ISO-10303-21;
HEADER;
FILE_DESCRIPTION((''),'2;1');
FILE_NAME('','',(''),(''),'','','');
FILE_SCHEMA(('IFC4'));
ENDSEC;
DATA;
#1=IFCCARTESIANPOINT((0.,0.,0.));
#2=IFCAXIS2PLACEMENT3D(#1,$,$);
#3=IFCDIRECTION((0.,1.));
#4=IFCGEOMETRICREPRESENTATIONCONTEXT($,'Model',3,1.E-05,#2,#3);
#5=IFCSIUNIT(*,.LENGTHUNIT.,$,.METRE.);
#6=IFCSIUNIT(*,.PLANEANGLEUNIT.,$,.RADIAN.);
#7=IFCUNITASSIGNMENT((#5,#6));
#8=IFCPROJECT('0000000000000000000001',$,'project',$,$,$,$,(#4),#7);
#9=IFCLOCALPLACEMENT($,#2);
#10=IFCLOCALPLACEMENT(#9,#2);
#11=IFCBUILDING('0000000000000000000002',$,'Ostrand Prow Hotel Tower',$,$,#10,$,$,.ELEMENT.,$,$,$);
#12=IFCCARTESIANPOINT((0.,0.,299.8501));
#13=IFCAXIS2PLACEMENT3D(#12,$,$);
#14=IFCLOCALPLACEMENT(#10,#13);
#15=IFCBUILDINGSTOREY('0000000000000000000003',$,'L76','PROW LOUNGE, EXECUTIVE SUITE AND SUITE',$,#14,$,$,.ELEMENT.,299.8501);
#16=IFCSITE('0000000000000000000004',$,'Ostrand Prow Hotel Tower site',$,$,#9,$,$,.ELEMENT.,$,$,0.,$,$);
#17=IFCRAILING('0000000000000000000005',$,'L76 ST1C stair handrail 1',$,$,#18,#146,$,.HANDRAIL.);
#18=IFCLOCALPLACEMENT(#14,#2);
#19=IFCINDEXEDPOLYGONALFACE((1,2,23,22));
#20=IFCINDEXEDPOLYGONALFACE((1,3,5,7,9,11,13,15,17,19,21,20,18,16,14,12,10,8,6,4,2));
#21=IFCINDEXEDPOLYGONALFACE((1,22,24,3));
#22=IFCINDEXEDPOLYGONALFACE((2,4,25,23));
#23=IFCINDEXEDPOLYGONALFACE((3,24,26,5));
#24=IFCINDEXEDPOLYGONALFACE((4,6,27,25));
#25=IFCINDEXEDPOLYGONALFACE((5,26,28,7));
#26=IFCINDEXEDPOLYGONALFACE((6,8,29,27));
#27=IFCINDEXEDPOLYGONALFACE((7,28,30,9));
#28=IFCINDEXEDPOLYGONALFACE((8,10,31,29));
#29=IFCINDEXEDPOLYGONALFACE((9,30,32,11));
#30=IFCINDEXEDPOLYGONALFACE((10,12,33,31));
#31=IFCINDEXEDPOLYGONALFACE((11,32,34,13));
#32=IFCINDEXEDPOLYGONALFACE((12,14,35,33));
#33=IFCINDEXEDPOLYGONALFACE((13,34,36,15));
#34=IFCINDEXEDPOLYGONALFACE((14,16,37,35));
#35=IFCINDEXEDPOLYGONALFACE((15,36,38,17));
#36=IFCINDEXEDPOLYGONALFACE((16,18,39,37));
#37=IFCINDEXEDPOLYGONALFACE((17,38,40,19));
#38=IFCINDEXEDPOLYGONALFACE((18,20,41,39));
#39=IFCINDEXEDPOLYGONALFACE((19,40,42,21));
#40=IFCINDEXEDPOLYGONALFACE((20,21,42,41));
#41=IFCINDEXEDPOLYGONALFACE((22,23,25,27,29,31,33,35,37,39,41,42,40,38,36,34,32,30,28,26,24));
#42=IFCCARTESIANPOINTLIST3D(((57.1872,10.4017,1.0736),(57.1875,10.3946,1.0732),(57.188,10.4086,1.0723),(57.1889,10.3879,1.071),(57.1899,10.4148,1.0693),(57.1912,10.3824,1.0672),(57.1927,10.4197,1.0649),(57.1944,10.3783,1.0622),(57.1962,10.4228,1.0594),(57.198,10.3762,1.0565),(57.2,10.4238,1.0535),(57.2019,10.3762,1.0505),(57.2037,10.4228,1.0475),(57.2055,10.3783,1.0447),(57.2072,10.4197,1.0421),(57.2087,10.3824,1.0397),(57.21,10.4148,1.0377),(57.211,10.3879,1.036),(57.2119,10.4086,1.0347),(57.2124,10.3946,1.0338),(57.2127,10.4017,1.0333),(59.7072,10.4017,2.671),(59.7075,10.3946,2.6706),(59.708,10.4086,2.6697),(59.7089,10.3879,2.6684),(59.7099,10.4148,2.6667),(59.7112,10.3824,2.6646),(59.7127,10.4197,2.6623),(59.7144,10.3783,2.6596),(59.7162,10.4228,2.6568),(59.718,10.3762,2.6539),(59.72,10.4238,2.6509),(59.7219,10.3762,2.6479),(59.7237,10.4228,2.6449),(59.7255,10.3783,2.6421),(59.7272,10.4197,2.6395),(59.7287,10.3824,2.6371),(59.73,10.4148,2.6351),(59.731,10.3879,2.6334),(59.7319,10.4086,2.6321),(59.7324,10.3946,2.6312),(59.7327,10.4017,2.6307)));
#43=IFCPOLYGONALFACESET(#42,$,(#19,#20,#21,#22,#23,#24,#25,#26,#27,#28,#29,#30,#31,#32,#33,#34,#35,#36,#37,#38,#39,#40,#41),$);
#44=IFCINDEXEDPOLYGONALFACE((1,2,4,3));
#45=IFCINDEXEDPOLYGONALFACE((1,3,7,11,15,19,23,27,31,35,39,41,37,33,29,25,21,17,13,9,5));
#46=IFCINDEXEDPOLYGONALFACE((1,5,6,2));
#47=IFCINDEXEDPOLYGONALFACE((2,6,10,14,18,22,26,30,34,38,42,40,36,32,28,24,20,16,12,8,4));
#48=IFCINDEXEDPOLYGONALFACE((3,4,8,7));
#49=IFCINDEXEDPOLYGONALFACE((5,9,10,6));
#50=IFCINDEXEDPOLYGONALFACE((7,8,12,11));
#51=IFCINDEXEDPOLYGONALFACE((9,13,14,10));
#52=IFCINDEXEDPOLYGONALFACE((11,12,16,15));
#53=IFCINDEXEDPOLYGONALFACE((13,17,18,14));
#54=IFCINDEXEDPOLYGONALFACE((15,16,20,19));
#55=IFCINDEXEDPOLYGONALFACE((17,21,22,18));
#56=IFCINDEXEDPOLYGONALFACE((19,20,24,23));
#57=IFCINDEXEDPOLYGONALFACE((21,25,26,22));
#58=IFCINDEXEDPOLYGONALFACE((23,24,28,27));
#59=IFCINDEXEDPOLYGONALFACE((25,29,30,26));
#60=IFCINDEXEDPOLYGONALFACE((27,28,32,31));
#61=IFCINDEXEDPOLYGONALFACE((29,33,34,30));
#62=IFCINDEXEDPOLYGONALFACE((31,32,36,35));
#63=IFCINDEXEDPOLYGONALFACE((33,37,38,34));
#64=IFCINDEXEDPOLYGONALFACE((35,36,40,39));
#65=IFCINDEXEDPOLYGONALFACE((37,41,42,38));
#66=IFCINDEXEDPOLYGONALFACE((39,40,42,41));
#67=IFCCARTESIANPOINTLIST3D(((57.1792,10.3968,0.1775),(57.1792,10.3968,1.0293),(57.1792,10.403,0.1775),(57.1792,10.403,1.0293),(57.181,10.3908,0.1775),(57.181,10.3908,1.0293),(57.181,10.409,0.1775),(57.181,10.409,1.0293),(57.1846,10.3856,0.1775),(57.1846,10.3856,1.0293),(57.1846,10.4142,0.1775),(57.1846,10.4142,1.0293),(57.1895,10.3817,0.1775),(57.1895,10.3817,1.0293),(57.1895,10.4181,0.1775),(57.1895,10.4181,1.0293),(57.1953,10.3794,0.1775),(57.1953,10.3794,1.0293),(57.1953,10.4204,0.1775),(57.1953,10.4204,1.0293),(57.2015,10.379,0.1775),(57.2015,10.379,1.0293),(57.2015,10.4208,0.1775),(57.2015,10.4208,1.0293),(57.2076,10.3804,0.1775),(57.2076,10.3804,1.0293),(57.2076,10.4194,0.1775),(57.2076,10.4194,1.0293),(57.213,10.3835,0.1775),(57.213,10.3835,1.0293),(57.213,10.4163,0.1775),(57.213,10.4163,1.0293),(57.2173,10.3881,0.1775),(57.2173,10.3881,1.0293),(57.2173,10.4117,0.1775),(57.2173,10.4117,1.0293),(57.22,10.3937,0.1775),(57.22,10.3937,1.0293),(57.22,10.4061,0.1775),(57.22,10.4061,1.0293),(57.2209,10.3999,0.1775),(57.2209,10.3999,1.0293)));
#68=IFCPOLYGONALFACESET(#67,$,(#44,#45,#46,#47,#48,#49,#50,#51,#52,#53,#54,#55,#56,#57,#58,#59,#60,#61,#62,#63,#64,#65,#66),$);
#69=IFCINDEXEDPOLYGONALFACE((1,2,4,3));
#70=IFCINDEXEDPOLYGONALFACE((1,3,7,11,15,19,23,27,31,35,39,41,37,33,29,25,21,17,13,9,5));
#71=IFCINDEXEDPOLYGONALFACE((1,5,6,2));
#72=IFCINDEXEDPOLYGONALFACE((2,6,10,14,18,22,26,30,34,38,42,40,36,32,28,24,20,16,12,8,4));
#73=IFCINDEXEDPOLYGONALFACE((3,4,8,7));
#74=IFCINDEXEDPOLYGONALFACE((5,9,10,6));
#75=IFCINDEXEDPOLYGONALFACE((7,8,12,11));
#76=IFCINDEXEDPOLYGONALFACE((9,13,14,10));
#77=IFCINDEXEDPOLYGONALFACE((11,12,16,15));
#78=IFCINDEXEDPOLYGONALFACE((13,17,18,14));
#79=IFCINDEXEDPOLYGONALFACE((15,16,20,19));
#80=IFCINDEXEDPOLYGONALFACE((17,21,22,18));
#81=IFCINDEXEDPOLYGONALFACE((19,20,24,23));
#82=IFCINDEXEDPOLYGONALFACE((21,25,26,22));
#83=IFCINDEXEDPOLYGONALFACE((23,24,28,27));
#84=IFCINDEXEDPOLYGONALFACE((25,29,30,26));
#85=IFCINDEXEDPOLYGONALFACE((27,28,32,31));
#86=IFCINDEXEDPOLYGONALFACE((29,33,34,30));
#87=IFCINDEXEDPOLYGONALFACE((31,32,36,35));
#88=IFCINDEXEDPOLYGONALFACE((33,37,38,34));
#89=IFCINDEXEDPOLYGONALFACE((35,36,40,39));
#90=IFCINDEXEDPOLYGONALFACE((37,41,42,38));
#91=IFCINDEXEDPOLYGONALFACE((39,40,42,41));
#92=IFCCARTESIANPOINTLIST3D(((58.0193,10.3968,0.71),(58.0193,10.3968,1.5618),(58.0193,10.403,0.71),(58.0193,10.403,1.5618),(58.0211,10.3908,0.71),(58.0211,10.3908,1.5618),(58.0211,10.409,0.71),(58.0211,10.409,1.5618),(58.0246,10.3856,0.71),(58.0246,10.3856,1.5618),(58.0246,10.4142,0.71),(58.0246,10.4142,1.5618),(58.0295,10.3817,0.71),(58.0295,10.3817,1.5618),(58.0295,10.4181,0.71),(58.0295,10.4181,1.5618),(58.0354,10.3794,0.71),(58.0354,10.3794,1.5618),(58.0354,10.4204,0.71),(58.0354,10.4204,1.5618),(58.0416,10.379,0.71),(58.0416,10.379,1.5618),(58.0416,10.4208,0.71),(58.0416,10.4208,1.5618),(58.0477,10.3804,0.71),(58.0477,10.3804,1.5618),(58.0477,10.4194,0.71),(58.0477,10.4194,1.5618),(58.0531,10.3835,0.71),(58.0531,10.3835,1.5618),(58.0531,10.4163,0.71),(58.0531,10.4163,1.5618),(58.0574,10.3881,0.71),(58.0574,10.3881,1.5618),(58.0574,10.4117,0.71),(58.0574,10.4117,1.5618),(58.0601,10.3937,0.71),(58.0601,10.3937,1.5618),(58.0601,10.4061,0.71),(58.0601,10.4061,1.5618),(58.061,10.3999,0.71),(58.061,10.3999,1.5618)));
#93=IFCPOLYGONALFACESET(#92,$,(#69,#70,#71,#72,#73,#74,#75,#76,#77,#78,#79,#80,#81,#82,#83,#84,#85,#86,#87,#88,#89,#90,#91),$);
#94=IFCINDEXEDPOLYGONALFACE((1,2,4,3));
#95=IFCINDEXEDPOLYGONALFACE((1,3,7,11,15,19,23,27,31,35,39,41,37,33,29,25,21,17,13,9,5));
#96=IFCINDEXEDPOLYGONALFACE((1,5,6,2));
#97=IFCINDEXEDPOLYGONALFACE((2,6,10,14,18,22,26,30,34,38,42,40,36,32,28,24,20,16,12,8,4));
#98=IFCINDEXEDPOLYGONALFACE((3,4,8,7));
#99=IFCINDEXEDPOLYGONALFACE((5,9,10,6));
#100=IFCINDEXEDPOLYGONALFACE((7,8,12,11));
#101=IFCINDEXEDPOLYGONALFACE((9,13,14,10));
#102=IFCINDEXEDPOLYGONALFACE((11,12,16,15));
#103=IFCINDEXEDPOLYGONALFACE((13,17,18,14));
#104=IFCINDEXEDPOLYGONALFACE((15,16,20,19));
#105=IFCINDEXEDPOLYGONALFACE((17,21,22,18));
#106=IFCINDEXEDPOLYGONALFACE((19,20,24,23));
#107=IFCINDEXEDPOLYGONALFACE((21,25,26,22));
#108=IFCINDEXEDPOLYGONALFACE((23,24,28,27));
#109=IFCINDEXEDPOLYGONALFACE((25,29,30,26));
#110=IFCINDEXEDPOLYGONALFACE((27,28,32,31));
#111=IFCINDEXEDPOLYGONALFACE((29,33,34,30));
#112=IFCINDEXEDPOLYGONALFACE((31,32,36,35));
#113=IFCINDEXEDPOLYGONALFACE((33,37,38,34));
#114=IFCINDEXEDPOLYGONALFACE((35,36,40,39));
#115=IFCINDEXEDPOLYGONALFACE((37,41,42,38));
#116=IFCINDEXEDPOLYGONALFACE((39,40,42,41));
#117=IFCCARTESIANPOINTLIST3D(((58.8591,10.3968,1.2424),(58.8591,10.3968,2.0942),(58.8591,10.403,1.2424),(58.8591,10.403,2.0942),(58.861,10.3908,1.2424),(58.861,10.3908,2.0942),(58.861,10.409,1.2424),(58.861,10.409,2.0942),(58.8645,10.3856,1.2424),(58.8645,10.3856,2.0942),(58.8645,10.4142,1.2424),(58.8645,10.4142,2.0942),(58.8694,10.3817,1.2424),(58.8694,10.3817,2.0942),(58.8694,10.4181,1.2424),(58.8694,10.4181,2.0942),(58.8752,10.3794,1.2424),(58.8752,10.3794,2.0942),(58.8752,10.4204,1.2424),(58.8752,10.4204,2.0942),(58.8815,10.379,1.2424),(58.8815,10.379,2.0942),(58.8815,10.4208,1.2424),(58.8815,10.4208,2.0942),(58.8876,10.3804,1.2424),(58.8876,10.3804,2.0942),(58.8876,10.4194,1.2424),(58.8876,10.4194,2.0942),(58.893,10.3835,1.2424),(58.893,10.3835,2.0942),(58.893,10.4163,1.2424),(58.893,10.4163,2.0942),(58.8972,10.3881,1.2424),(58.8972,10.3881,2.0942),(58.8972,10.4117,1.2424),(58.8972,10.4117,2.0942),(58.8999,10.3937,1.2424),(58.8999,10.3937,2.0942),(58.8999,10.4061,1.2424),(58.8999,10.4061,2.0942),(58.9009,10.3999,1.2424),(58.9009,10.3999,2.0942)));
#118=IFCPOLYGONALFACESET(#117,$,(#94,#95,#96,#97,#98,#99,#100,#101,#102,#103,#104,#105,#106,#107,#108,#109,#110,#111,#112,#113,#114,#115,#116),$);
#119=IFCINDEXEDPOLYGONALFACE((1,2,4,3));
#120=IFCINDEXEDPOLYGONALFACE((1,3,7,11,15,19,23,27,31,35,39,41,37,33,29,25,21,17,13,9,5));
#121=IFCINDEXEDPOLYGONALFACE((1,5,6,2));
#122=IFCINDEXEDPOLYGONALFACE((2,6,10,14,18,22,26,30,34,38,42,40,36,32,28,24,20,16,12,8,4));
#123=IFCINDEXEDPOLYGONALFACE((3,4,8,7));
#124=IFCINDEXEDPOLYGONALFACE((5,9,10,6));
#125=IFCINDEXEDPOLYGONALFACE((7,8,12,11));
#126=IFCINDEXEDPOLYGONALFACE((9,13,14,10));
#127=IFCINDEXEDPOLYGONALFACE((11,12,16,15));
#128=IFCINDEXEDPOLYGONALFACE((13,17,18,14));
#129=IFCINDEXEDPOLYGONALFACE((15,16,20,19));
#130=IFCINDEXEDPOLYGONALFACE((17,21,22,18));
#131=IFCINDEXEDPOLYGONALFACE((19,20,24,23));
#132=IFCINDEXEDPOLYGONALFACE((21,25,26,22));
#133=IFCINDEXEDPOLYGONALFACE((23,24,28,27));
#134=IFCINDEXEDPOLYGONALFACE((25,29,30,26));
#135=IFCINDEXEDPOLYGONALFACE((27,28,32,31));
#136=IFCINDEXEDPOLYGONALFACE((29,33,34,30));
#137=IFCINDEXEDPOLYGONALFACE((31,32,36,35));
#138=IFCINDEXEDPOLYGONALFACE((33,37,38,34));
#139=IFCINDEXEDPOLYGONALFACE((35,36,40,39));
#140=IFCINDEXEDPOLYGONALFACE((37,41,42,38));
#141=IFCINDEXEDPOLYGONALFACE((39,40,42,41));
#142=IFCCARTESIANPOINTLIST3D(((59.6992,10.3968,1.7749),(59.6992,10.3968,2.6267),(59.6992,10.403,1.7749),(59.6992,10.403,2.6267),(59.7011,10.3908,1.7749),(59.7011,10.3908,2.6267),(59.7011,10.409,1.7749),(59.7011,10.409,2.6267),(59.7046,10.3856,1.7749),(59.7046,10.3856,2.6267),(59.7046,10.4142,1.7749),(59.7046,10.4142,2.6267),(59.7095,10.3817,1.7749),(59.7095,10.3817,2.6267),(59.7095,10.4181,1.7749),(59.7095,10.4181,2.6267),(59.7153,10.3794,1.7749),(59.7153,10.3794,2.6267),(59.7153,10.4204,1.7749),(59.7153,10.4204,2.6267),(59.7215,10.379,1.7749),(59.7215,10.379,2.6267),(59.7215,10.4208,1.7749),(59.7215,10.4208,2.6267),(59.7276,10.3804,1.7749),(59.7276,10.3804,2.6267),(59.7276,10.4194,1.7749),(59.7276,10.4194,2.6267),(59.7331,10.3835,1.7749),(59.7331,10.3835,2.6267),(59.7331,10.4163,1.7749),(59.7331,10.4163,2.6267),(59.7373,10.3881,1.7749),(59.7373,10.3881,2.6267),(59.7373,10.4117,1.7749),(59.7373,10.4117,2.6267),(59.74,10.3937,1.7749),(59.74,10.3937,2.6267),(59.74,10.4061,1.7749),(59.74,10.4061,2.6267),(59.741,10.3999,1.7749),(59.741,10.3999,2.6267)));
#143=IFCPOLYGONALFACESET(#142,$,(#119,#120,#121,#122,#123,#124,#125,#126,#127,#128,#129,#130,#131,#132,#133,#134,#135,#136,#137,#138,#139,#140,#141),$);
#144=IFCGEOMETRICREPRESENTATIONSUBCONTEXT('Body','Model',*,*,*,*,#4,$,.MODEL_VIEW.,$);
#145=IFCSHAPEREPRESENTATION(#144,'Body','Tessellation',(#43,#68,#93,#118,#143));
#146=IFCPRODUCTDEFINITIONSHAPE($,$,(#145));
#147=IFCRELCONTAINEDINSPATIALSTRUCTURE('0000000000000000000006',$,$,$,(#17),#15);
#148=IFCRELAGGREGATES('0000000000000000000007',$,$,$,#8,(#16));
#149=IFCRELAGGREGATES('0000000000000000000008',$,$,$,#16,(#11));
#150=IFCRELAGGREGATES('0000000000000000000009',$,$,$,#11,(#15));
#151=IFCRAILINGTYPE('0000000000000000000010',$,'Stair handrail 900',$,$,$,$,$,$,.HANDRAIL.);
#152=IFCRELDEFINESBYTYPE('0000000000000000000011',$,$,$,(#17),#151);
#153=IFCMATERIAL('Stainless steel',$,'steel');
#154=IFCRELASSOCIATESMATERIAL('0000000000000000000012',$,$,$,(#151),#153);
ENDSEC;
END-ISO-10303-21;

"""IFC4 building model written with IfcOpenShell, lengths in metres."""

from ifc_helpers import new_model, si_unit, direction, frame, origin, origin_2d, place, context, subcontext, project, spatial, circle, extrude, material, type_object, element, save


model = new_model("IFC4")

# Units and contexts
model_context = context("Model", 3, precision=1e-05, world=origin(), true_north=direction((0.0, 1.0)))
body_context = subcontext(model_context, "Body", "Model", "MODEL_VIEW")
ifc_project = project(units=[si_unit("LENGTHUNIT", "METRE"), si_unit("PLANEANGLEUNIT", "RADIAN")], contexts=[model_context])

# Site, building, storey
site_placement = place(None, origin())
site = spatial("IfcSite", under=ifc_project, at=site_placement, Name="Ostrand Prow Hotel Tower site", CompositionType="ELEMENT", RefElevation=0.0)
building_placement = place(site_placement, origin())
building = spatial("IfcBuilding", under=site, at=building_placement, Name="Ostrand Prow Hotel Tower", CompositionType="ELEMENT")
storey_placement = place(building_placement, frame((0.0, 0.0, 299.8501)))
storey = spatial("IfcBuildingStorey", under=building, at=storey_placement, Name="L76", Description="PROW LOUNGE, EXECUTIVE SUITE AND SUITE", CompositionType="ELEMENT", Elevation=299.8501)

# Railing
ifc_material_1 = material(Name="Stainless steel", Category="steel")
railing_type_1 = type_object("IfcRailingType", Name="Stair handrail 900", PredefinedType="HANDRAIL", material=ifc_material_1)
railing_1_placement = place(storey_placement, frame((57.2, 10.3999, 0.1775)))
element("IfcRailing", 1, at=railing_1_placement, inside=storey, type_object=railing_type_1, Name="L76 ST1C stair handrail 1", PredefinedType="HANDRAIL", context=body_context, shape_type="SweptSolid", body=[
    extrude(circle(Radius=0.0239, at=origin_2d()), frame((0.0, 0.0, 0.876), z_axis=(0.844607, 0.0, 0.535387), x_axis=(0.0, 1.0, 0.0)), (0.0, 0.0, 1.0), 2.9836),
    extrude(circle(Radius=0.021, at=origin_2d()), origin(), (0.0, 0.0, 1.0), 0.8518),
    extrude(circle(Radius=0.021, at=origin_2d()), frame((0.8401, 0.0, 0.5325)), (0.0, 0.0, 1.0), 0.8518),
    extrude(circle(Radius=0.021, at=origin_2d()), frame((1.6799, 0.0, 1.0649)), (0.0, 0.0, 1.0), 0.8518),
    extrude(circle(Radius=0.021, at=origin_2d()), frame((2.52, 0.0, 1.5974)), (0.0, 0.0, 1.0), 0.8518),
])

save(model, "model.ifc")
